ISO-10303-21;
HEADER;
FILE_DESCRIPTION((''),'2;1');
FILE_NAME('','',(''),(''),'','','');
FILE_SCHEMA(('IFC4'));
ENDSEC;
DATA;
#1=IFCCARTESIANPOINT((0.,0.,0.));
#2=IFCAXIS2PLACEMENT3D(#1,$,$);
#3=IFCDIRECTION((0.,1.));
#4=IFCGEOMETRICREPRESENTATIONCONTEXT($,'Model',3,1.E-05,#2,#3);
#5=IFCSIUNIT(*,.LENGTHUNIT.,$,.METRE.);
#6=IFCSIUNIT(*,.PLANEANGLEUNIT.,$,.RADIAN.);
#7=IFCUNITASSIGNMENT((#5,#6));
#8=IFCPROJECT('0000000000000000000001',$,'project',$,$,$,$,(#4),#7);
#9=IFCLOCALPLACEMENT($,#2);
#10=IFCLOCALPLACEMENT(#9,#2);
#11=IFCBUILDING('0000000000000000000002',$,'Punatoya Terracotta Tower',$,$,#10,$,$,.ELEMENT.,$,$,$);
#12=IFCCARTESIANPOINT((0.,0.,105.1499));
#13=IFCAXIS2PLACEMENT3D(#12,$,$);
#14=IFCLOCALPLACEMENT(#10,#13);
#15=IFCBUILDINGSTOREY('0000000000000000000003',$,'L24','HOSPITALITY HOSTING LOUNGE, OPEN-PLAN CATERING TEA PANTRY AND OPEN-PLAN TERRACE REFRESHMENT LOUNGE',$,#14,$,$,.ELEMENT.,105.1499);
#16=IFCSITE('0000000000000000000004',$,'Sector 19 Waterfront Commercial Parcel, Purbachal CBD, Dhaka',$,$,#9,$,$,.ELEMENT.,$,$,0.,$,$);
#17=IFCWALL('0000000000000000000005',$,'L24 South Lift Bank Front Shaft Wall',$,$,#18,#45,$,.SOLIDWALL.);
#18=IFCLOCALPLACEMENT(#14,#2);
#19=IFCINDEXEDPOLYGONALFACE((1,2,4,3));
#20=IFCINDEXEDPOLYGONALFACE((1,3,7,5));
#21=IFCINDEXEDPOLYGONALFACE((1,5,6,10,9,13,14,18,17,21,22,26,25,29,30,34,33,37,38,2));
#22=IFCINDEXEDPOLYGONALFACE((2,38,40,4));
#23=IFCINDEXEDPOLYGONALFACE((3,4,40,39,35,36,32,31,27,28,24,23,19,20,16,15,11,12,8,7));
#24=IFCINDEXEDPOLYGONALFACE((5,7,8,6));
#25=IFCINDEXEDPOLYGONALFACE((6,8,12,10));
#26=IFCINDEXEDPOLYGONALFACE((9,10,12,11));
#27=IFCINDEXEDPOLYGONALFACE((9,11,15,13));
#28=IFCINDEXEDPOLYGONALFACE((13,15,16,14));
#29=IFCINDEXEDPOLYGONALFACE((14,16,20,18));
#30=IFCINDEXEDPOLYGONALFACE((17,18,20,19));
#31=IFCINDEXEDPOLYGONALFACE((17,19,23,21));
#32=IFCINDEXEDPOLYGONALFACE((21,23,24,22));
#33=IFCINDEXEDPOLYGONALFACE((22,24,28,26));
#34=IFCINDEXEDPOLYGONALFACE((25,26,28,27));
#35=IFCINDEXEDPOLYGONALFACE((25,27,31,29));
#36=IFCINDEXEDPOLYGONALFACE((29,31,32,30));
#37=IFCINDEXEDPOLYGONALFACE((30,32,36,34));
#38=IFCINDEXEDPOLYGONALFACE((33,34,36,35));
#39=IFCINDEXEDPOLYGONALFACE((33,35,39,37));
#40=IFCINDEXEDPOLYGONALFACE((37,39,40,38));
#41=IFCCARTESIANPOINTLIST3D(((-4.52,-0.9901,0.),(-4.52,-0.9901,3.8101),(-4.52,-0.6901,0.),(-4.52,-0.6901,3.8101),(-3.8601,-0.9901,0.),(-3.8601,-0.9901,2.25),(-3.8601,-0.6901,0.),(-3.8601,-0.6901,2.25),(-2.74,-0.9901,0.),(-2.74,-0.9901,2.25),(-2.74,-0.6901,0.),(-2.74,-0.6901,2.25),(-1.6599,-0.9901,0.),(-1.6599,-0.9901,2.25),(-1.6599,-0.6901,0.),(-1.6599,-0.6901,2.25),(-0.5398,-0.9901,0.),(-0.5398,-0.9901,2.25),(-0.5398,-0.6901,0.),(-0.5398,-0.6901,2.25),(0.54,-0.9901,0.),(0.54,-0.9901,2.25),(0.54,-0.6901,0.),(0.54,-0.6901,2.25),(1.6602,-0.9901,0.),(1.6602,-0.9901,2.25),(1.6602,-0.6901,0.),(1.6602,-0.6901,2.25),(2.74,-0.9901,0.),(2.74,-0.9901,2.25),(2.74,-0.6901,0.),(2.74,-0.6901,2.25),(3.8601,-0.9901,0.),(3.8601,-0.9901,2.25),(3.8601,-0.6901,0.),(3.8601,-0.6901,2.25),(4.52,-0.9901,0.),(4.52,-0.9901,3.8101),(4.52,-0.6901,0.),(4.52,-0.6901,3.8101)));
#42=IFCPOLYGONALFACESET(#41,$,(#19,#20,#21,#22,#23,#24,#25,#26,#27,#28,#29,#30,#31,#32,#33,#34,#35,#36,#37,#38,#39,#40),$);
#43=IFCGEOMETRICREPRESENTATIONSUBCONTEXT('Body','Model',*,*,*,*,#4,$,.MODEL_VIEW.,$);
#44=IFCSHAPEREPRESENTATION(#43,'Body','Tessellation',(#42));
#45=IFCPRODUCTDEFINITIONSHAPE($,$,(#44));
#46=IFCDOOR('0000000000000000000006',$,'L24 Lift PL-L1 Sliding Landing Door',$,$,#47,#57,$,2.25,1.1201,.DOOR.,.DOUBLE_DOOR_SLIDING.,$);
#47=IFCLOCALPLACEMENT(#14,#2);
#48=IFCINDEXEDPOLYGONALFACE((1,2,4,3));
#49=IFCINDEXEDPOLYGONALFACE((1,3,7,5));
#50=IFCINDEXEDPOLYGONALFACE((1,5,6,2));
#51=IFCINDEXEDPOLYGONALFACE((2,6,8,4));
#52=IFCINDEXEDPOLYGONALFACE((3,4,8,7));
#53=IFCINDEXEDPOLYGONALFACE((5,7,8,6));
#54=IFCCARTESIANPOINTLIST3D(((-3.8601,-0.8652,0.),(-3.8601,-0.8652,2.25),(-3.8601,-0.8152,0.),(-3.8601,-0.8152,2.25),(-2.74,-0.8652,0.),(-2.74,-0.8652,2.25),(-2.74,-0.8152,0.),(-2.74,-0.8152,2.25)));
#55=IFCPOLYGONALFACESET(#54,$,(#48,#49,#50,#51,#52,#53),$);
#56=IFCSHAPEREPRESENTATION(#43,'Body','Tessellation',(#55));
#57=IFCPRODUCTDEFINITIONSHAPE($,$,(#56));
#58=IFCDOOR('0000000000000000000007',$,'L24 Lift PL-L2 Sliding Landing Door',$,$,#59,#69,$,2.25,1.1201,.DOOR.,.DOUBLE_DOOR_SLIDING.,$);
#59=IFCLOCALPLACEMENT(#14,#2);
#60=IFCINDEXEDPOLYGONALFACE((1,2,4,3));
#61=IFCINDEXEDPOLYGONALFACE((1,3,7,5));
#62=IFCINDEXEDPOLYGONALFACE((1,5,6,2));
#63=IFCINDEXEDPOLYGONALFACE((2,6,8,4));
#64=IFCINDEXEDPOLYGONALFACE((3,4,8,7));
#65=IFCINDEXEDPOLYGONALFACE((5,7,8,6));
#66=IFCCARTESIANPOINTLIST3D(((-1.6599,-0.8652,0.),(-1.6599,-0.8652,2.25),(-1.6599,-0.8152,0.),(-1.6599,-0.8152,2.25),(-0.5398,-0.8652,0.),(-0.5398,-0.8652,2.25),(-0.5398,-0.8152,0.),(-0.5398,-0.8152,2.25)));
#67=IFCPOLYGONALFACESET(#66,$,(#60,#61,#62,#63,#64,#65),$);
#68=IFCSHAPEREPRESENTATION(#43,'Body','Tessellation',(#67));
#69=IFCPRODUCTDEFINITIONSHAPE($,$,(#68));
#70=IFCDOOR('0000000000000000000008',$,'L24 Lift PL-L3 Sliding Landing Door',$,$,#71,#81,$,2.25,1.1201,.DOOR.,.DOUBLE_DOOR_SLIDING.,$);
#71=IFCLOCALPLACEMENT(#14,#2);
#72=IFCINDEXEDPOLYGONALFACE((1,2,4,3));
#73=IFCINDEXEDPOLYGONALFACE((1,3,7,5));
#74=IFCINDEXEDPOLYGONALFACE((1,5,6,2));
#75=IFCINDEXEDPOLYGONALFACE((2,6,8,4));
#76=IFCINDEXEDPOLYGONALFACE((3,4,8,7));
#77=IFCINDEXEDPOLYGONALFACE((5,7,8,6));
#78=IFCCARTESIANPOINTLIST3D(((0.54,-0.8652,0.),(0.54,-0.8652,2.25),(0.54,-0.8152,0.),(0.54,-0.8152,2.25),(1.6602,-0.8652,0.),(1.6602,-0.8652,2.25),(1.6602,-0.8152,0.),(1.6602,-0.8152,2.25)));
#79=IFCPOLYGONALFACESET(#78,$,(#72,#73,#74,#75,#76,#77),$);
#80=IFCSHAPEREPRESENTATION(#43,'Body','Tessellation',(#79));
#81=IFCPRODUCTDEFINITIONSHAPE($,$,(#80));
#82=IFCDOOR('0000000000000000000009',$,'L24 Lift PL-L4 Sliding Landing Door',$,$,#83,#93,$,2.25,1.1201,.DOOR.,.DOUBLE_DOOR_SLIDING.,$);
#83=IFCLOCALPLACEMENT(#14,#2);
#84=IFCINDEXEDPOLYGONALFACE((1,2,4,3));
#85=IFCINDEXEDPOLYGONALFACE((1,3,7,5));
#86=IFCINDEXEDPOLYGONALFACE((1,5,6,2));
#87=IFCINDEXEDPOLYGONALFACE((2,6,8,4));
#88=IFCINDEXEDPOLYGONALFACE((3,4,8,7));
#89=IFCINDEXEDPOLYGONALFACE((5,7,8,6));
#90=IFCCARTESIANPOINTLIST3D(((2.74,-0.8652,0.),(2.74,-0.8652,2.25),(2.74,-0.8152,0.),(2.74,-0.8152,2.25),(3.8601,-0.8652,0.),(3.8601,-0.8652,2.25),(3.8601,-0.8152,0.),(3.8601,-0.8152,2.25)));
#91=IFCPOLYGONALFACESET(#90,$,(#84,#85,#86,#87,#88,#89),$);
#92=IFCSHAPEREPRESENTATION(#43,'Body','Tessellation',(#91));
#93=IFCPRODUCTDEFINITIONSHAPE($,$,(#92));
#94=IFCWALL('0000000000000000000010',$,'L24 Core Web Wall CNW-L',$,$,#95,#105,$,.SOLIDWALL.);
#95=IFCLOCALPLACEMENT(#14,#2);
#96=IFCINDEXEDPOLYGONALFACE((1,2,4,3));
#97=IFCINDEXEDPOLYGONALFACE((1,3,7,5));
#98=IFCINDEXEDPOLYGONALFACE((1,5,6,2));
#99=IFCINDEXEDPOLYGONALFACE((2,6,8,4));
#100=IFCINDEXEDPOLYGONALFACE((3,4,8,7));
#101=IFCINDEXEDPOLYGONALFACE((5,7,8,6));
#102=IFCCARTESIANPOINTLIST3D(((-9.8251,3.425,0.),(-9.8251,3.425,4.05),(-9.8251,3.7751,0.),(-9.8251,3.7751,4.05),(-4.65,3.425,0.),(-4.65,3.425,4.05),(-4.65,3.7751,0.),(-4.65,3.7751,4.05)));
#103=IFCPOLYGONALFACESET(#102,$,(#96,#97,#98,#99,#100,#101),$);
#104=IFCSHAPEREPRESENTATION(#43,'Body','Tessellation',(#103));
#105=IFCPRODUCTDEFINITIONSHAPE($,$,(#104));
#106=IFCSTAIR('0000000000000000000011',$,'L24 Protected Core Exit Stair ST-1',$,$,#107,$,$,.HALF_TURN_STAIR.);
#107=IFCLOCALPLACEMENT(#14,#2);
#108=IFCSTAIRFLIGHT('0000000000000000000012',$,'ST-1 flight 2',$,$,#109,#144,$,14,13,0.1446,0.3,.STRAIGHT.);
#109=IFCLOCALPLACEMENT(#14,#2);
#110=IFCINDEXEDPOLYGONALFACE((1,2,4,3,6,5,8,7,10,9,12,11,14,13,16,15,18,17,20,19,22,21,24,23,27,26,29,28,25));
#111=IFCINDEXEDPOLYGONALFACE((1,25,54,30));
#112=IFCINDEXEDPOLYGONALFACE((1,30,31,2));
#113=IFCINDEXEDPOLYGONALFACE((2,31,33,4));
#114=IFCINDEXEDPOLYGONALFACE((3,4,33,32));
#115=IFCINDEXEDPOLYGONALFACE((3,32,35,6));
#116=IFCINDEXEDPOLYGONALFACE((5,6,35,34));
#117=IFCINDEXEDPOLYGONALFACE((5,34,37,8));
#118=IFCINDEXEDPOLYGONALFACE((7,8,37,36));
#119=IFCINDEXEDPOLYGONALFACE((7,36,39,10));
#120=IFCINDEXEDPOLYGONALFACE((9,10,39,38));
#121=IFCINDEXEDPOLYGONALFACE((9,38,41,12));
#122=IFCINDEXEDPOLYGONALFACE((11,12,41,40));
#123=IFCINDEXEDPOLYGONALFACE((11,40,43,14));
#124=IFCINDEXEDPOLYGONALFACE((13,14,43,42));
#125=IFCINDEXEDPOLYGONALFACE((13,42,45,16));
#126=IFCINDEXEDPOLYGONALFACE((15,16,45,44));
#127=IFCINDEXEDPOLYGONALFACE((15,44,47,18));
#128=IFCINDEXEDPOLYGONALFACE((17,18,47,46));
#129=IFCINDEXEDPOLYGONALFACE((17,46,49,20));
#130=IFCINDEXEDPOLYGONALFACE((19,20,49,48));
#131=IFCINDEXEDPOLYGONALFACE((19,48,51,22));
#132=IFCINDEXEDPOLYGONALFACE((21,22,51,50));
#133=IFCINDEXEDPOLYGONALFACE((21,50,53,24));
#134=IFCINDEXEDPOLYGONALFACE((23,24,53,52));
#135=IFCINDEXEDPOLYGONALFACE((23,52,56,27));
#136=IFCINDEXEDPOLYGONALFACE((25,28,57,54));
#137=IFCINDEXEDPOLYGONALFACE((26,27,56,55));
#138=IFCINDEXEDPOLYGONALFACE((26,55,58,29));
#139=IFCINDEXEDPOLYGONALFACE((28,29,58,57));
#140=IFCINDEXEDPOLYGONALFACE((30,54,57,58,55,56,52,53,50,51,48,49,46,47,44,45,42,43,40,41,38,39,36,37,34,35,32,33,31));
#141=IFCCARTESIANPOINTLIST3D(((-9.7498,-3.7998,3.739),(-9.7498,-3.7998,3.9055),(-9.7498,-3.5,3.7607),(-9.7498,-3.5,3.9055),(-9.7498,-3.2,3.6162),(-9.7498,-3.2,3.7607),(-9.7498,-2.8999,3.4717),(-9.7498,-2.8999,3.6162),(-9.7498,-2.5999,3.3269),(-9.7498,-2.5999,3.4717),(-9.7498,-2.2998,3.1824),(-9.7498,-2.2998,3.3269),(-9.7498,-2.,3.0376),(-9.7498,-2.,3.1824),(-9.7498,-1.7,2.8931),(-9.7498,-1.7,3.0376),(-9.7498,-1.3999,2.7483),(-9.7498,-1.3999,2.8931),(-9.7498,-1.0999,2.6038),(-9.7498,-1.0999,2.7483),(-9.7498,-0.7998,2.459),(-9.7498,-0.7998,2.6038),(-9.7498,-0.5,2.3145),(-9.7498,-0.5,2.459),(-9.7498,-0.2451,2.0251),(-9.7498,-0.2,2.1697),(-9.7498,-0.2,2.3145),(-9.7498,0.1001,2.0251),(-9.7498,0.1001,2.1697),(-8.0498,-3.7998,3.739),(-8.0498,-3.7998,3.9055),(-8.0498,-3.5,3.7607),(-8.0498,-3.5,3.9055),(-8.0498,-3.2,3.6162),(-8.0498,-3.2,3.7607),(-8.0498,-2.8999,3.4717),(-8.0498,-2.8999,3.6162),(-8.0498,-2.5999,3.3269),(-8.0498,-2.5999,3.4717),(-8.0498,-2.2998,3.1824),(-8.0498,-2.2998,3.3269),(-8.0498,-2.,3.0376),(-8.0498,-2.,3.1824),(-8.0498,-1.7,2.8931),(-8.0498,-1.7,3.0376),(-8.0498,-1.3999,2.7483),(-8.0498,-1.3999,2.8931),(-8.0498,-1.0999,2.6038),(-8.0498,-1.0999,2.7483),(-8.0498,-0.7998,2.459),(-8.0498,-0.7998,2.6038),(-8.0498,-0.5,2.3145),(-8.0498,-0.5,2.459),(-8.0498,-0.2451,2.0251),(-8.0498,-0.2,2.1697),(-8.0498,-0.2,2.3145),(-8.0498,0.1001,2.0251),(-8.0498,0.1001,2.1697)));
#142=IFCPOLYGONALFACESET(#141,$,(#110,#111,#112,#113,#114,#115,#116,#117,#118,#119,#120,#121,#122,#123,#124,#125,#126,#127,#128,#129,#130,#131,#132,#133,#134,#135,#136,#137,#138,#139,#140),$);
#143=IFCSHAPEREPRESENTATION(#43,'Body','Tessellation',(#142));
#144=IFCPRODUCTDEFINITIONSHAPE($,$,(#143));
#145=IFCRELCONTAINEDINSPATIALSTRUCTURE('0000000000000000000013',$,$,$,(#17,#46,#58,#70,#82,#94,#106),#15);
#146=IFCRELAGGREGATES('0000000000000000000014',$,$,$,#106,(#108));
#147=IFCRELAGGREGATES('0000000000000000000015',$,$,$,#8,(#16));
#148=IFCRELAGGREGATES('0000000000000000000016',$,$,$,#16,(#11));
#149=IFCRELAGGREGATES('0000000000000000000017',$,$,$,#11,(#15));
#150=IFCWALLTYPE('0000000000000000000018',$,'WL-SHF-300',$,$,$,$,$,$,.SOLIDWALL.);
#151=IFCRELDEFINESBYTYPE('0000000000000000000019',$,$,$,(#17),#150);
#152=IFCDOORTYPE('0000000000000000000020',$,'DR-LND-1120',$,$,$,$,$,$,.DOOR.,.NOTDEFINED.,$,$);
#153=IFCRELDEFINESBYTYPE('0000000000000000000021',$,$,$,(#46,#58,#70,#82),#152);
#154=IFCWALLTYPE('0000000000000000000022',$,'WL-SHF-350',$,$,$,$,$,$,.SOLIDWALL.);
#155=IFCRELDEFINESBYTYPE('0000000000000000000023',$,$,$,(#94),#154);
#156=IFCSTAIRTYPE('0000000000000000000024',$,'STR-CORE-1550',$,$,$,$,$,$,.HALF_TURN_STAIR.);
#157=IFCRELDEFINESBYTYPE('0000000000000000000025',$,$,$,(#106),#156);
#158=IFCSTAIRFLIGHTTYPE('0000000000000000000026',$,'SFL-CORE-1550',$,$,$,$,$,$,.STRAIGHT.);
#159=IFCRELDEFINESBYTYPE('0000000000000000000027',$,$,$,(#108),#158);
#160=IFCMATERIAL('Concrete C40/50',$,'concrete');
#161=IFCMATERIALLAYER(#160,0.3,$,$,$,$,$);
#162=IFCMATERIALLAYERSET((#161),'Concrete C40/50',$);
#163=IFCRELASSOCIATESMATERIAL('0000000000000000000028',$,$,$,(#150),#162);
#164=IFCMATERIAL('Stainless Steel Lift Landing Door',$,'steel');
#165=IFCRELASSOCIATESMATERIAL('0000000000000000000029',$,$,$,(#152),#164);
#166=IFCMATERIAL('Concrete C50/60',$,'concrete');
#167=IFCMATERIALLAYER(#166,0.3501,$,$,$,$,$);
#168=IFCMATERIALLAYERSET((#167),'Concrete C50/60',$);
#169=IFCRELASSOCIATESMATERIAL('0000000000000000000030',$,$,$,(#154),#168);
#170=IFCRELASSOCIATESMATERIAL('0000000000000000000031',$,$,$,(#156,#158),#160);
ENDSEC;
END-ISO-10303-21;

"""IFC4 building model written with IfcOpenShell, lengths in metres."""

from ifc_helpers import new_model, si_unit, direction, frame, frame_2d, origin, place, context, subcontext, project, spatial, polyline, rectangle, outline, extrude, material, layer, layer_set, type_object, element, fill, aggregate, save


model = new_model("IFC4")

# Units and contexts
model_context = context("Model", 3, precision=1e-05, world=origin(), true_north=direction((0.0, 1.0)))
body_context = subcontext(model_context, "Body", "Model", "MODEL_VIEW")
ifc_project = project(units=[si_unit("LENGTHUNIT", "METRE"), si_unit("PLANEANGLEUNIT", "RADIAN")], contexts=[model_context])

# Site, building, storey
site_placement = place(None, origin())
site = spatial("IfcSite", under=ifc_project, at=site_placement, Name="Sector 19 Waterfront Commercial Parcel, Purbachal CBD, Dhaka", CompositionType="ELEMENT", RefElevation=0.0)
building_placement = place(site_placement, origin())
building = spatial("IfcBuilding", under=site, at=building_placement, Name="Punatoya Terracotta Tower", CompositionType="ELEMENT")
storey_placement = place(building_placement, frame((0.0, 0.0, 105.1499)))
storey = spatial("IfcBuildingStorey", under=building, at=storey_placement, Name="L24", Description="HOSPITALITY HOSTING LOUNGE, OPEN-PLAN CATERING TEA PANTRY AND OPEN-PLAN TERRACE REFRESHMENT LOUNGE", CompositionType="ELEMENT", Elevation=105.1499)

# Wall, openings, doors
ifc_material_1 = material(Name="Concrete C40/50", Category="concrete")
ifc_layer_1 = layer(ifc_material_1, 0.3)
ifc_layer_set_1 = layer_set([ifc_layer_1], Name="Concrete C40/50")
wall_type_1 = type_object("IfcWallType", Name="WL-SHF-300", PredefinedType="SOLIDWALL", material=ifc_layer_set_1)
wall_1_placement = place(storey_placement, frame((-4.52, -0.8401, 0.0), z_axis=(0.0, 0.0, 1.0), x_axis=(1.0, 0.0, 0.0)))
wall_1 = element("IfcWall", 1, at=wall_1_placement, inside=storey, type_object=wall_type_1, Name="L24 South Lift Bank Front Shaft Wall", PredefinedType="SOLIDWALL", context=body_context, shape_type="SweptSolid", body=[
    extrude(rectangle(XDim=9.04, YDim=0.3, at=frame_2d((4.52, 0.0))), origin(), (0.0, 0.0, 1.0), 3.8101),
])
opening_1_placement = place(wall_1_placement, frame((0.6599, 0.0, 0.0)))
opening_1 = element("IfcOpeningElement", 2, at=opening_1_placement, cuts=wall_1, PredefinedType="OPENING", context=body_context, shape_type="SweptSolid", body=[
    extrude(rectangle(XDim=1.1201, YDim=2.25, at=frame_2d((0.5601, 1.125))), frame((0.0, 0.1599, 0.0), z_axis=(0.0, -1.0, 0.0), x_axis=(1.0, 0.0, 0.0)), (0.0, 0.0, 1.0), 0.3201),
])
opening_2_placement = place(wall_1_placement, frame((2.8601, 0.0, 0.0)))
opening_2 = element("IfcOpeningElement", 3, at=opening_2_placement, cuts=wall_1, PredefinedType="OPENING", context=body_context, shape_type="SweptSolid", body=[
    extrude(rectangle(XDim=1.1201, YDim=2.25, at=frame_2d((0.5601, 1.125))), frame((0.0, 0.1599, 0.0), z_axis=(0.0, -1.0, 0.0), x_axis=(1.0, 0.0, 0.0)), (0.0, 0.0, 1.0), 0.3201),
])
opening_3_placement = place(wall_1_placement, frame((5.0601, 0.0, 0.0)))
opening_3 = element("IfcOpeningElement", 4, at=opening_3_placement, cuts=wall_1, PredefinedType="OPENING", context=body_context, shape_type="SweptSolid", body=[
    extrude(rectangle(XDim=1.1201, YDim=2.25, at=frame_2d((0.5601, 1.125))), frame((0.0, 0.1599, 0.0), z_axis=(0.0, -1.0, 0.0), x_axis=(1.0, 0.0, 0.0)), (0.0, 0.0, 1.0), 0.3201),
])
opening_4_placement = place(wall_1_placement, frame((7.26, 0.0, 0.0)))
opening_4 = element("IfcOpeningElement", 5, at=opening_4_placement, cuts=wall_1, PredefinedType="OPENING", context=body_context, shape_type="SweptSolid", body=[
    extrude(rectangle(XDim=1.1201, YDim=2.25, at=frame_2d((0.5601, 1.125))), frame((0.0, 0.1599, 0.0), z_axis=(0.0, -1.0, 0.0), x_axis=(1.0, 0.0, 0.0)), (0.0, 0.0, 1.0), 0.3201),
])
ifc_material_2 = material(Name="Stainless Steel Lift Landing Door", Category="steel")
door_type_1 = type_object("IfcDoorType", Name="DR-LND-1120", OperationType="NOTDEFINED", PredefinedType="DOOR", material=ifc_material_2)
door_1_placement = place(opening_1_placement, origin())
door_1 = element("IfcDoor", 6, at=door_1_placement, inside=storey, type_object=door_type_1, Name="L24 Lift PL-L1 Sliding Landing Door", OperationType="DOUBLE_DOOR_SLIDING", OverallHeight=2.25, OverallWidth=1.1201, PredefinedType="DOOR", context=body_context, shape_type="SweptSolid", body=[
    extrude(rectangle(XDim=1.1201, YDim=2.25, at=frame_2d((0.5601, 1.125))), frame((0.0, 0.0249, 0.0), z_axis=(0.0, -1.0, 0.0), x_axis=(1.0, 0.0, 0.0)), (0.0, 0.0, 1.0), 0.05),
])
fill(opening_1, door_1)
door_2_placement = place(opening_2_placement, origin())
door_2 = element("IfcDoor", 7, at=door_2_placement, inside=storey, type_object=door_type_1, Name="L24 Lift PL-L2 Sliding Landing Door", OperationType="DOUBLE_DOOR_SLIDING", OverallHeight=2.25, OverallWidth=1.1201, PredefinedType="DOOR", context=body_context, shape_type="SweptSolid", body=[
    extrude(rectangle(XDim=1.1201, YDim=2.25, at=frame_2d((0.5601, 1.125))), frame((0.0, 0.0249, 0.0), z_axis=(0.0, -1.0, 0.0), x_axis=(1.0, 0.0, 0.0)), (0.0, 0.0, 1.0), 0.05),
])
fill(opening_2, door_2)
door_3_placement = place(opening_3_placement, origin())
door_3 = element("IfcDoor", 8, at=door_3_placement, inside=storey, type_object=door_type_1, Name="L24 Lift PL-L3 Sliding Landing Door", OperationType="DOUBLE_DOOR_SLIDING", OverallHeight=2.25, OverallWidth=1.1201, PredefinedType="DOOR", context=body_context, shape_type="SweptSolid", body=[
    extrude(rectangle(XDim=1.1201, YDim=2.25, at=frame_2d((0.5601, 1.125))), frame((0.0, 0.0249, 0.0), z_axis=(0.0, -1.0, 0.0), x_axis=(1.0, 0.0, 0.0)), (0.0, 0.0, 1.0), 0.05),
])
fill(opening_3, door_3)
door_4_placement = place(opening_4_placement, origin())
door_4 = element("IfcDoor", 9, at=door_4_placement, inside=storey, type_object=door_type_1, Name="L24 Lift PL-L4 Sliding Landing Door", OperationType="DOUBLE_DOOR_SLIDING", OverallHeight=2.25, OverallWidth=1.1201, PredefinedType="DOOR", context=body_context, shape_type="SweptSolid", body=[
    extrude(rectangle(XDim=1.1201, YDim=2.25, at=frame_2d((0.5601, 1.125))), frame((0.0, 0.0249, 0.0), z_axis=(0.0, -1.0, 0.0), x_axis=(1.0, 0.0, 0.0)), (0.0, 0.0, 1.0), 0.05),
])
fill(opening_4, door_4)

# Wall
ifc_material_3 = material(Name="Concrete C50/60", Category="concrete")
ifc_layer_2 = layer(ifc_material_3, 0.3501)
ifc_layer_set_2 = layer_set([ifc_layer_2], Name="Concrete C50/60")
wall_type_2 = type_object("IfcWallType", Name="WL-SHF-350", PredefinedType="SOLIDWALL", material=ifc_layer_set_2)
wall_2_placement = place(storey_placement, frame((-9.825, 3.6001, 0.0), z_axis=(0.0, 0.0, 1.0), x_axis=(1.0, 0.0, 0.0)))
element("IfcWall", 10, at=wall_2_placement, inside=storey, type_object=wall_type_2, Name="L24 Core Web Wall CNW-L", PredefinedType="SOLIDWALL", context=body_context, shape_type="SweptSolid", body=[
    extrude(rectangle(XDim=5.175, YDim=0.3501, at=frame_2d((2.5874, 0.0))), origin(), (0.0, 0.0, 1.0), 4.05),
])

# Stair, stair flight
stair_type = type_object("IfcStairType", Name="STR-CORE-1550", PredefinedType="HALF_TURN_STAIR", material=ifc_material_1)
stair_placement = place(storey_placement, origin())
stair = element("IfcStair", 11, at=stair_placement, inside=storey, type_object=stair_type, Name="L24 Protected Core Exit Stair ST-1", PredefinedType="HALF_TURN_STAIR")
stair_flight_type = type_object("IfcStairFlightType", Name="SFL-CORE-1550", PredefinedType="STRAIGHT", material=ifc_material_1)
stair_flight_placement = place(storey_placement, frame((-8.8999, 0.1001, 2.0251), z_axis=(0.0, 0.0, 1.0), x_axis=(0.0, -1.0, 0.0)))
stair_flight = element("IfcStairFlight", 12, at=stair_flight_placement, type_object=stair_flight_type, Name="ST-1 flight 2", NumberOfRisers=14, NumberOfTreads=13, PredefinedType="STRAIGHT", RiserHeight=0.1446, TreadLength=0.3, context=body_context, shape_type="SweptSolid", body=[
    extrude(outline(polyline([(0.0, 0.0), (0.0, 0.1445), (0.3, 0.1445), (0.3, 0.2893), (0.6001, 0.2893), (0.6001, 0.4338), (0.8999, 0.4338), (0.8999, 0.5786), (1.2, 0.5786), (1.2, 0.7231), (1.5, 0.7231), (1.5, 0.8679), (1.8, 0.8679), (1.8, 1.0125), (2.1001, 1.0125), (2.1001, 1.1572), (2.3999, 1.1572), (2.3999, 1.3018), (2.7, 1.3018), (2.7, 1.4465), (3.0, 1.4465), (3.0, 1.5911), (3.3, 1.5911), (3.3, 1.7356), (3.6001, 1.7356), (3.6001, 1.8804), (3.8999, 1.8804), (3.8999, 2.0249), (3.8999, 1.7139), (0.3452, 0.0), (0.0, 0.0)])), frame((0.0, 0.8501, 0.0), z_axis=(0.0, -1.0, 0.0), x_axis=(1.0, 0.0, 0.0)), (0.0, 0.0, 1.0), 1.7),
])
aggregate(stair, [stair_flight])

save(model, "model.ifc")
